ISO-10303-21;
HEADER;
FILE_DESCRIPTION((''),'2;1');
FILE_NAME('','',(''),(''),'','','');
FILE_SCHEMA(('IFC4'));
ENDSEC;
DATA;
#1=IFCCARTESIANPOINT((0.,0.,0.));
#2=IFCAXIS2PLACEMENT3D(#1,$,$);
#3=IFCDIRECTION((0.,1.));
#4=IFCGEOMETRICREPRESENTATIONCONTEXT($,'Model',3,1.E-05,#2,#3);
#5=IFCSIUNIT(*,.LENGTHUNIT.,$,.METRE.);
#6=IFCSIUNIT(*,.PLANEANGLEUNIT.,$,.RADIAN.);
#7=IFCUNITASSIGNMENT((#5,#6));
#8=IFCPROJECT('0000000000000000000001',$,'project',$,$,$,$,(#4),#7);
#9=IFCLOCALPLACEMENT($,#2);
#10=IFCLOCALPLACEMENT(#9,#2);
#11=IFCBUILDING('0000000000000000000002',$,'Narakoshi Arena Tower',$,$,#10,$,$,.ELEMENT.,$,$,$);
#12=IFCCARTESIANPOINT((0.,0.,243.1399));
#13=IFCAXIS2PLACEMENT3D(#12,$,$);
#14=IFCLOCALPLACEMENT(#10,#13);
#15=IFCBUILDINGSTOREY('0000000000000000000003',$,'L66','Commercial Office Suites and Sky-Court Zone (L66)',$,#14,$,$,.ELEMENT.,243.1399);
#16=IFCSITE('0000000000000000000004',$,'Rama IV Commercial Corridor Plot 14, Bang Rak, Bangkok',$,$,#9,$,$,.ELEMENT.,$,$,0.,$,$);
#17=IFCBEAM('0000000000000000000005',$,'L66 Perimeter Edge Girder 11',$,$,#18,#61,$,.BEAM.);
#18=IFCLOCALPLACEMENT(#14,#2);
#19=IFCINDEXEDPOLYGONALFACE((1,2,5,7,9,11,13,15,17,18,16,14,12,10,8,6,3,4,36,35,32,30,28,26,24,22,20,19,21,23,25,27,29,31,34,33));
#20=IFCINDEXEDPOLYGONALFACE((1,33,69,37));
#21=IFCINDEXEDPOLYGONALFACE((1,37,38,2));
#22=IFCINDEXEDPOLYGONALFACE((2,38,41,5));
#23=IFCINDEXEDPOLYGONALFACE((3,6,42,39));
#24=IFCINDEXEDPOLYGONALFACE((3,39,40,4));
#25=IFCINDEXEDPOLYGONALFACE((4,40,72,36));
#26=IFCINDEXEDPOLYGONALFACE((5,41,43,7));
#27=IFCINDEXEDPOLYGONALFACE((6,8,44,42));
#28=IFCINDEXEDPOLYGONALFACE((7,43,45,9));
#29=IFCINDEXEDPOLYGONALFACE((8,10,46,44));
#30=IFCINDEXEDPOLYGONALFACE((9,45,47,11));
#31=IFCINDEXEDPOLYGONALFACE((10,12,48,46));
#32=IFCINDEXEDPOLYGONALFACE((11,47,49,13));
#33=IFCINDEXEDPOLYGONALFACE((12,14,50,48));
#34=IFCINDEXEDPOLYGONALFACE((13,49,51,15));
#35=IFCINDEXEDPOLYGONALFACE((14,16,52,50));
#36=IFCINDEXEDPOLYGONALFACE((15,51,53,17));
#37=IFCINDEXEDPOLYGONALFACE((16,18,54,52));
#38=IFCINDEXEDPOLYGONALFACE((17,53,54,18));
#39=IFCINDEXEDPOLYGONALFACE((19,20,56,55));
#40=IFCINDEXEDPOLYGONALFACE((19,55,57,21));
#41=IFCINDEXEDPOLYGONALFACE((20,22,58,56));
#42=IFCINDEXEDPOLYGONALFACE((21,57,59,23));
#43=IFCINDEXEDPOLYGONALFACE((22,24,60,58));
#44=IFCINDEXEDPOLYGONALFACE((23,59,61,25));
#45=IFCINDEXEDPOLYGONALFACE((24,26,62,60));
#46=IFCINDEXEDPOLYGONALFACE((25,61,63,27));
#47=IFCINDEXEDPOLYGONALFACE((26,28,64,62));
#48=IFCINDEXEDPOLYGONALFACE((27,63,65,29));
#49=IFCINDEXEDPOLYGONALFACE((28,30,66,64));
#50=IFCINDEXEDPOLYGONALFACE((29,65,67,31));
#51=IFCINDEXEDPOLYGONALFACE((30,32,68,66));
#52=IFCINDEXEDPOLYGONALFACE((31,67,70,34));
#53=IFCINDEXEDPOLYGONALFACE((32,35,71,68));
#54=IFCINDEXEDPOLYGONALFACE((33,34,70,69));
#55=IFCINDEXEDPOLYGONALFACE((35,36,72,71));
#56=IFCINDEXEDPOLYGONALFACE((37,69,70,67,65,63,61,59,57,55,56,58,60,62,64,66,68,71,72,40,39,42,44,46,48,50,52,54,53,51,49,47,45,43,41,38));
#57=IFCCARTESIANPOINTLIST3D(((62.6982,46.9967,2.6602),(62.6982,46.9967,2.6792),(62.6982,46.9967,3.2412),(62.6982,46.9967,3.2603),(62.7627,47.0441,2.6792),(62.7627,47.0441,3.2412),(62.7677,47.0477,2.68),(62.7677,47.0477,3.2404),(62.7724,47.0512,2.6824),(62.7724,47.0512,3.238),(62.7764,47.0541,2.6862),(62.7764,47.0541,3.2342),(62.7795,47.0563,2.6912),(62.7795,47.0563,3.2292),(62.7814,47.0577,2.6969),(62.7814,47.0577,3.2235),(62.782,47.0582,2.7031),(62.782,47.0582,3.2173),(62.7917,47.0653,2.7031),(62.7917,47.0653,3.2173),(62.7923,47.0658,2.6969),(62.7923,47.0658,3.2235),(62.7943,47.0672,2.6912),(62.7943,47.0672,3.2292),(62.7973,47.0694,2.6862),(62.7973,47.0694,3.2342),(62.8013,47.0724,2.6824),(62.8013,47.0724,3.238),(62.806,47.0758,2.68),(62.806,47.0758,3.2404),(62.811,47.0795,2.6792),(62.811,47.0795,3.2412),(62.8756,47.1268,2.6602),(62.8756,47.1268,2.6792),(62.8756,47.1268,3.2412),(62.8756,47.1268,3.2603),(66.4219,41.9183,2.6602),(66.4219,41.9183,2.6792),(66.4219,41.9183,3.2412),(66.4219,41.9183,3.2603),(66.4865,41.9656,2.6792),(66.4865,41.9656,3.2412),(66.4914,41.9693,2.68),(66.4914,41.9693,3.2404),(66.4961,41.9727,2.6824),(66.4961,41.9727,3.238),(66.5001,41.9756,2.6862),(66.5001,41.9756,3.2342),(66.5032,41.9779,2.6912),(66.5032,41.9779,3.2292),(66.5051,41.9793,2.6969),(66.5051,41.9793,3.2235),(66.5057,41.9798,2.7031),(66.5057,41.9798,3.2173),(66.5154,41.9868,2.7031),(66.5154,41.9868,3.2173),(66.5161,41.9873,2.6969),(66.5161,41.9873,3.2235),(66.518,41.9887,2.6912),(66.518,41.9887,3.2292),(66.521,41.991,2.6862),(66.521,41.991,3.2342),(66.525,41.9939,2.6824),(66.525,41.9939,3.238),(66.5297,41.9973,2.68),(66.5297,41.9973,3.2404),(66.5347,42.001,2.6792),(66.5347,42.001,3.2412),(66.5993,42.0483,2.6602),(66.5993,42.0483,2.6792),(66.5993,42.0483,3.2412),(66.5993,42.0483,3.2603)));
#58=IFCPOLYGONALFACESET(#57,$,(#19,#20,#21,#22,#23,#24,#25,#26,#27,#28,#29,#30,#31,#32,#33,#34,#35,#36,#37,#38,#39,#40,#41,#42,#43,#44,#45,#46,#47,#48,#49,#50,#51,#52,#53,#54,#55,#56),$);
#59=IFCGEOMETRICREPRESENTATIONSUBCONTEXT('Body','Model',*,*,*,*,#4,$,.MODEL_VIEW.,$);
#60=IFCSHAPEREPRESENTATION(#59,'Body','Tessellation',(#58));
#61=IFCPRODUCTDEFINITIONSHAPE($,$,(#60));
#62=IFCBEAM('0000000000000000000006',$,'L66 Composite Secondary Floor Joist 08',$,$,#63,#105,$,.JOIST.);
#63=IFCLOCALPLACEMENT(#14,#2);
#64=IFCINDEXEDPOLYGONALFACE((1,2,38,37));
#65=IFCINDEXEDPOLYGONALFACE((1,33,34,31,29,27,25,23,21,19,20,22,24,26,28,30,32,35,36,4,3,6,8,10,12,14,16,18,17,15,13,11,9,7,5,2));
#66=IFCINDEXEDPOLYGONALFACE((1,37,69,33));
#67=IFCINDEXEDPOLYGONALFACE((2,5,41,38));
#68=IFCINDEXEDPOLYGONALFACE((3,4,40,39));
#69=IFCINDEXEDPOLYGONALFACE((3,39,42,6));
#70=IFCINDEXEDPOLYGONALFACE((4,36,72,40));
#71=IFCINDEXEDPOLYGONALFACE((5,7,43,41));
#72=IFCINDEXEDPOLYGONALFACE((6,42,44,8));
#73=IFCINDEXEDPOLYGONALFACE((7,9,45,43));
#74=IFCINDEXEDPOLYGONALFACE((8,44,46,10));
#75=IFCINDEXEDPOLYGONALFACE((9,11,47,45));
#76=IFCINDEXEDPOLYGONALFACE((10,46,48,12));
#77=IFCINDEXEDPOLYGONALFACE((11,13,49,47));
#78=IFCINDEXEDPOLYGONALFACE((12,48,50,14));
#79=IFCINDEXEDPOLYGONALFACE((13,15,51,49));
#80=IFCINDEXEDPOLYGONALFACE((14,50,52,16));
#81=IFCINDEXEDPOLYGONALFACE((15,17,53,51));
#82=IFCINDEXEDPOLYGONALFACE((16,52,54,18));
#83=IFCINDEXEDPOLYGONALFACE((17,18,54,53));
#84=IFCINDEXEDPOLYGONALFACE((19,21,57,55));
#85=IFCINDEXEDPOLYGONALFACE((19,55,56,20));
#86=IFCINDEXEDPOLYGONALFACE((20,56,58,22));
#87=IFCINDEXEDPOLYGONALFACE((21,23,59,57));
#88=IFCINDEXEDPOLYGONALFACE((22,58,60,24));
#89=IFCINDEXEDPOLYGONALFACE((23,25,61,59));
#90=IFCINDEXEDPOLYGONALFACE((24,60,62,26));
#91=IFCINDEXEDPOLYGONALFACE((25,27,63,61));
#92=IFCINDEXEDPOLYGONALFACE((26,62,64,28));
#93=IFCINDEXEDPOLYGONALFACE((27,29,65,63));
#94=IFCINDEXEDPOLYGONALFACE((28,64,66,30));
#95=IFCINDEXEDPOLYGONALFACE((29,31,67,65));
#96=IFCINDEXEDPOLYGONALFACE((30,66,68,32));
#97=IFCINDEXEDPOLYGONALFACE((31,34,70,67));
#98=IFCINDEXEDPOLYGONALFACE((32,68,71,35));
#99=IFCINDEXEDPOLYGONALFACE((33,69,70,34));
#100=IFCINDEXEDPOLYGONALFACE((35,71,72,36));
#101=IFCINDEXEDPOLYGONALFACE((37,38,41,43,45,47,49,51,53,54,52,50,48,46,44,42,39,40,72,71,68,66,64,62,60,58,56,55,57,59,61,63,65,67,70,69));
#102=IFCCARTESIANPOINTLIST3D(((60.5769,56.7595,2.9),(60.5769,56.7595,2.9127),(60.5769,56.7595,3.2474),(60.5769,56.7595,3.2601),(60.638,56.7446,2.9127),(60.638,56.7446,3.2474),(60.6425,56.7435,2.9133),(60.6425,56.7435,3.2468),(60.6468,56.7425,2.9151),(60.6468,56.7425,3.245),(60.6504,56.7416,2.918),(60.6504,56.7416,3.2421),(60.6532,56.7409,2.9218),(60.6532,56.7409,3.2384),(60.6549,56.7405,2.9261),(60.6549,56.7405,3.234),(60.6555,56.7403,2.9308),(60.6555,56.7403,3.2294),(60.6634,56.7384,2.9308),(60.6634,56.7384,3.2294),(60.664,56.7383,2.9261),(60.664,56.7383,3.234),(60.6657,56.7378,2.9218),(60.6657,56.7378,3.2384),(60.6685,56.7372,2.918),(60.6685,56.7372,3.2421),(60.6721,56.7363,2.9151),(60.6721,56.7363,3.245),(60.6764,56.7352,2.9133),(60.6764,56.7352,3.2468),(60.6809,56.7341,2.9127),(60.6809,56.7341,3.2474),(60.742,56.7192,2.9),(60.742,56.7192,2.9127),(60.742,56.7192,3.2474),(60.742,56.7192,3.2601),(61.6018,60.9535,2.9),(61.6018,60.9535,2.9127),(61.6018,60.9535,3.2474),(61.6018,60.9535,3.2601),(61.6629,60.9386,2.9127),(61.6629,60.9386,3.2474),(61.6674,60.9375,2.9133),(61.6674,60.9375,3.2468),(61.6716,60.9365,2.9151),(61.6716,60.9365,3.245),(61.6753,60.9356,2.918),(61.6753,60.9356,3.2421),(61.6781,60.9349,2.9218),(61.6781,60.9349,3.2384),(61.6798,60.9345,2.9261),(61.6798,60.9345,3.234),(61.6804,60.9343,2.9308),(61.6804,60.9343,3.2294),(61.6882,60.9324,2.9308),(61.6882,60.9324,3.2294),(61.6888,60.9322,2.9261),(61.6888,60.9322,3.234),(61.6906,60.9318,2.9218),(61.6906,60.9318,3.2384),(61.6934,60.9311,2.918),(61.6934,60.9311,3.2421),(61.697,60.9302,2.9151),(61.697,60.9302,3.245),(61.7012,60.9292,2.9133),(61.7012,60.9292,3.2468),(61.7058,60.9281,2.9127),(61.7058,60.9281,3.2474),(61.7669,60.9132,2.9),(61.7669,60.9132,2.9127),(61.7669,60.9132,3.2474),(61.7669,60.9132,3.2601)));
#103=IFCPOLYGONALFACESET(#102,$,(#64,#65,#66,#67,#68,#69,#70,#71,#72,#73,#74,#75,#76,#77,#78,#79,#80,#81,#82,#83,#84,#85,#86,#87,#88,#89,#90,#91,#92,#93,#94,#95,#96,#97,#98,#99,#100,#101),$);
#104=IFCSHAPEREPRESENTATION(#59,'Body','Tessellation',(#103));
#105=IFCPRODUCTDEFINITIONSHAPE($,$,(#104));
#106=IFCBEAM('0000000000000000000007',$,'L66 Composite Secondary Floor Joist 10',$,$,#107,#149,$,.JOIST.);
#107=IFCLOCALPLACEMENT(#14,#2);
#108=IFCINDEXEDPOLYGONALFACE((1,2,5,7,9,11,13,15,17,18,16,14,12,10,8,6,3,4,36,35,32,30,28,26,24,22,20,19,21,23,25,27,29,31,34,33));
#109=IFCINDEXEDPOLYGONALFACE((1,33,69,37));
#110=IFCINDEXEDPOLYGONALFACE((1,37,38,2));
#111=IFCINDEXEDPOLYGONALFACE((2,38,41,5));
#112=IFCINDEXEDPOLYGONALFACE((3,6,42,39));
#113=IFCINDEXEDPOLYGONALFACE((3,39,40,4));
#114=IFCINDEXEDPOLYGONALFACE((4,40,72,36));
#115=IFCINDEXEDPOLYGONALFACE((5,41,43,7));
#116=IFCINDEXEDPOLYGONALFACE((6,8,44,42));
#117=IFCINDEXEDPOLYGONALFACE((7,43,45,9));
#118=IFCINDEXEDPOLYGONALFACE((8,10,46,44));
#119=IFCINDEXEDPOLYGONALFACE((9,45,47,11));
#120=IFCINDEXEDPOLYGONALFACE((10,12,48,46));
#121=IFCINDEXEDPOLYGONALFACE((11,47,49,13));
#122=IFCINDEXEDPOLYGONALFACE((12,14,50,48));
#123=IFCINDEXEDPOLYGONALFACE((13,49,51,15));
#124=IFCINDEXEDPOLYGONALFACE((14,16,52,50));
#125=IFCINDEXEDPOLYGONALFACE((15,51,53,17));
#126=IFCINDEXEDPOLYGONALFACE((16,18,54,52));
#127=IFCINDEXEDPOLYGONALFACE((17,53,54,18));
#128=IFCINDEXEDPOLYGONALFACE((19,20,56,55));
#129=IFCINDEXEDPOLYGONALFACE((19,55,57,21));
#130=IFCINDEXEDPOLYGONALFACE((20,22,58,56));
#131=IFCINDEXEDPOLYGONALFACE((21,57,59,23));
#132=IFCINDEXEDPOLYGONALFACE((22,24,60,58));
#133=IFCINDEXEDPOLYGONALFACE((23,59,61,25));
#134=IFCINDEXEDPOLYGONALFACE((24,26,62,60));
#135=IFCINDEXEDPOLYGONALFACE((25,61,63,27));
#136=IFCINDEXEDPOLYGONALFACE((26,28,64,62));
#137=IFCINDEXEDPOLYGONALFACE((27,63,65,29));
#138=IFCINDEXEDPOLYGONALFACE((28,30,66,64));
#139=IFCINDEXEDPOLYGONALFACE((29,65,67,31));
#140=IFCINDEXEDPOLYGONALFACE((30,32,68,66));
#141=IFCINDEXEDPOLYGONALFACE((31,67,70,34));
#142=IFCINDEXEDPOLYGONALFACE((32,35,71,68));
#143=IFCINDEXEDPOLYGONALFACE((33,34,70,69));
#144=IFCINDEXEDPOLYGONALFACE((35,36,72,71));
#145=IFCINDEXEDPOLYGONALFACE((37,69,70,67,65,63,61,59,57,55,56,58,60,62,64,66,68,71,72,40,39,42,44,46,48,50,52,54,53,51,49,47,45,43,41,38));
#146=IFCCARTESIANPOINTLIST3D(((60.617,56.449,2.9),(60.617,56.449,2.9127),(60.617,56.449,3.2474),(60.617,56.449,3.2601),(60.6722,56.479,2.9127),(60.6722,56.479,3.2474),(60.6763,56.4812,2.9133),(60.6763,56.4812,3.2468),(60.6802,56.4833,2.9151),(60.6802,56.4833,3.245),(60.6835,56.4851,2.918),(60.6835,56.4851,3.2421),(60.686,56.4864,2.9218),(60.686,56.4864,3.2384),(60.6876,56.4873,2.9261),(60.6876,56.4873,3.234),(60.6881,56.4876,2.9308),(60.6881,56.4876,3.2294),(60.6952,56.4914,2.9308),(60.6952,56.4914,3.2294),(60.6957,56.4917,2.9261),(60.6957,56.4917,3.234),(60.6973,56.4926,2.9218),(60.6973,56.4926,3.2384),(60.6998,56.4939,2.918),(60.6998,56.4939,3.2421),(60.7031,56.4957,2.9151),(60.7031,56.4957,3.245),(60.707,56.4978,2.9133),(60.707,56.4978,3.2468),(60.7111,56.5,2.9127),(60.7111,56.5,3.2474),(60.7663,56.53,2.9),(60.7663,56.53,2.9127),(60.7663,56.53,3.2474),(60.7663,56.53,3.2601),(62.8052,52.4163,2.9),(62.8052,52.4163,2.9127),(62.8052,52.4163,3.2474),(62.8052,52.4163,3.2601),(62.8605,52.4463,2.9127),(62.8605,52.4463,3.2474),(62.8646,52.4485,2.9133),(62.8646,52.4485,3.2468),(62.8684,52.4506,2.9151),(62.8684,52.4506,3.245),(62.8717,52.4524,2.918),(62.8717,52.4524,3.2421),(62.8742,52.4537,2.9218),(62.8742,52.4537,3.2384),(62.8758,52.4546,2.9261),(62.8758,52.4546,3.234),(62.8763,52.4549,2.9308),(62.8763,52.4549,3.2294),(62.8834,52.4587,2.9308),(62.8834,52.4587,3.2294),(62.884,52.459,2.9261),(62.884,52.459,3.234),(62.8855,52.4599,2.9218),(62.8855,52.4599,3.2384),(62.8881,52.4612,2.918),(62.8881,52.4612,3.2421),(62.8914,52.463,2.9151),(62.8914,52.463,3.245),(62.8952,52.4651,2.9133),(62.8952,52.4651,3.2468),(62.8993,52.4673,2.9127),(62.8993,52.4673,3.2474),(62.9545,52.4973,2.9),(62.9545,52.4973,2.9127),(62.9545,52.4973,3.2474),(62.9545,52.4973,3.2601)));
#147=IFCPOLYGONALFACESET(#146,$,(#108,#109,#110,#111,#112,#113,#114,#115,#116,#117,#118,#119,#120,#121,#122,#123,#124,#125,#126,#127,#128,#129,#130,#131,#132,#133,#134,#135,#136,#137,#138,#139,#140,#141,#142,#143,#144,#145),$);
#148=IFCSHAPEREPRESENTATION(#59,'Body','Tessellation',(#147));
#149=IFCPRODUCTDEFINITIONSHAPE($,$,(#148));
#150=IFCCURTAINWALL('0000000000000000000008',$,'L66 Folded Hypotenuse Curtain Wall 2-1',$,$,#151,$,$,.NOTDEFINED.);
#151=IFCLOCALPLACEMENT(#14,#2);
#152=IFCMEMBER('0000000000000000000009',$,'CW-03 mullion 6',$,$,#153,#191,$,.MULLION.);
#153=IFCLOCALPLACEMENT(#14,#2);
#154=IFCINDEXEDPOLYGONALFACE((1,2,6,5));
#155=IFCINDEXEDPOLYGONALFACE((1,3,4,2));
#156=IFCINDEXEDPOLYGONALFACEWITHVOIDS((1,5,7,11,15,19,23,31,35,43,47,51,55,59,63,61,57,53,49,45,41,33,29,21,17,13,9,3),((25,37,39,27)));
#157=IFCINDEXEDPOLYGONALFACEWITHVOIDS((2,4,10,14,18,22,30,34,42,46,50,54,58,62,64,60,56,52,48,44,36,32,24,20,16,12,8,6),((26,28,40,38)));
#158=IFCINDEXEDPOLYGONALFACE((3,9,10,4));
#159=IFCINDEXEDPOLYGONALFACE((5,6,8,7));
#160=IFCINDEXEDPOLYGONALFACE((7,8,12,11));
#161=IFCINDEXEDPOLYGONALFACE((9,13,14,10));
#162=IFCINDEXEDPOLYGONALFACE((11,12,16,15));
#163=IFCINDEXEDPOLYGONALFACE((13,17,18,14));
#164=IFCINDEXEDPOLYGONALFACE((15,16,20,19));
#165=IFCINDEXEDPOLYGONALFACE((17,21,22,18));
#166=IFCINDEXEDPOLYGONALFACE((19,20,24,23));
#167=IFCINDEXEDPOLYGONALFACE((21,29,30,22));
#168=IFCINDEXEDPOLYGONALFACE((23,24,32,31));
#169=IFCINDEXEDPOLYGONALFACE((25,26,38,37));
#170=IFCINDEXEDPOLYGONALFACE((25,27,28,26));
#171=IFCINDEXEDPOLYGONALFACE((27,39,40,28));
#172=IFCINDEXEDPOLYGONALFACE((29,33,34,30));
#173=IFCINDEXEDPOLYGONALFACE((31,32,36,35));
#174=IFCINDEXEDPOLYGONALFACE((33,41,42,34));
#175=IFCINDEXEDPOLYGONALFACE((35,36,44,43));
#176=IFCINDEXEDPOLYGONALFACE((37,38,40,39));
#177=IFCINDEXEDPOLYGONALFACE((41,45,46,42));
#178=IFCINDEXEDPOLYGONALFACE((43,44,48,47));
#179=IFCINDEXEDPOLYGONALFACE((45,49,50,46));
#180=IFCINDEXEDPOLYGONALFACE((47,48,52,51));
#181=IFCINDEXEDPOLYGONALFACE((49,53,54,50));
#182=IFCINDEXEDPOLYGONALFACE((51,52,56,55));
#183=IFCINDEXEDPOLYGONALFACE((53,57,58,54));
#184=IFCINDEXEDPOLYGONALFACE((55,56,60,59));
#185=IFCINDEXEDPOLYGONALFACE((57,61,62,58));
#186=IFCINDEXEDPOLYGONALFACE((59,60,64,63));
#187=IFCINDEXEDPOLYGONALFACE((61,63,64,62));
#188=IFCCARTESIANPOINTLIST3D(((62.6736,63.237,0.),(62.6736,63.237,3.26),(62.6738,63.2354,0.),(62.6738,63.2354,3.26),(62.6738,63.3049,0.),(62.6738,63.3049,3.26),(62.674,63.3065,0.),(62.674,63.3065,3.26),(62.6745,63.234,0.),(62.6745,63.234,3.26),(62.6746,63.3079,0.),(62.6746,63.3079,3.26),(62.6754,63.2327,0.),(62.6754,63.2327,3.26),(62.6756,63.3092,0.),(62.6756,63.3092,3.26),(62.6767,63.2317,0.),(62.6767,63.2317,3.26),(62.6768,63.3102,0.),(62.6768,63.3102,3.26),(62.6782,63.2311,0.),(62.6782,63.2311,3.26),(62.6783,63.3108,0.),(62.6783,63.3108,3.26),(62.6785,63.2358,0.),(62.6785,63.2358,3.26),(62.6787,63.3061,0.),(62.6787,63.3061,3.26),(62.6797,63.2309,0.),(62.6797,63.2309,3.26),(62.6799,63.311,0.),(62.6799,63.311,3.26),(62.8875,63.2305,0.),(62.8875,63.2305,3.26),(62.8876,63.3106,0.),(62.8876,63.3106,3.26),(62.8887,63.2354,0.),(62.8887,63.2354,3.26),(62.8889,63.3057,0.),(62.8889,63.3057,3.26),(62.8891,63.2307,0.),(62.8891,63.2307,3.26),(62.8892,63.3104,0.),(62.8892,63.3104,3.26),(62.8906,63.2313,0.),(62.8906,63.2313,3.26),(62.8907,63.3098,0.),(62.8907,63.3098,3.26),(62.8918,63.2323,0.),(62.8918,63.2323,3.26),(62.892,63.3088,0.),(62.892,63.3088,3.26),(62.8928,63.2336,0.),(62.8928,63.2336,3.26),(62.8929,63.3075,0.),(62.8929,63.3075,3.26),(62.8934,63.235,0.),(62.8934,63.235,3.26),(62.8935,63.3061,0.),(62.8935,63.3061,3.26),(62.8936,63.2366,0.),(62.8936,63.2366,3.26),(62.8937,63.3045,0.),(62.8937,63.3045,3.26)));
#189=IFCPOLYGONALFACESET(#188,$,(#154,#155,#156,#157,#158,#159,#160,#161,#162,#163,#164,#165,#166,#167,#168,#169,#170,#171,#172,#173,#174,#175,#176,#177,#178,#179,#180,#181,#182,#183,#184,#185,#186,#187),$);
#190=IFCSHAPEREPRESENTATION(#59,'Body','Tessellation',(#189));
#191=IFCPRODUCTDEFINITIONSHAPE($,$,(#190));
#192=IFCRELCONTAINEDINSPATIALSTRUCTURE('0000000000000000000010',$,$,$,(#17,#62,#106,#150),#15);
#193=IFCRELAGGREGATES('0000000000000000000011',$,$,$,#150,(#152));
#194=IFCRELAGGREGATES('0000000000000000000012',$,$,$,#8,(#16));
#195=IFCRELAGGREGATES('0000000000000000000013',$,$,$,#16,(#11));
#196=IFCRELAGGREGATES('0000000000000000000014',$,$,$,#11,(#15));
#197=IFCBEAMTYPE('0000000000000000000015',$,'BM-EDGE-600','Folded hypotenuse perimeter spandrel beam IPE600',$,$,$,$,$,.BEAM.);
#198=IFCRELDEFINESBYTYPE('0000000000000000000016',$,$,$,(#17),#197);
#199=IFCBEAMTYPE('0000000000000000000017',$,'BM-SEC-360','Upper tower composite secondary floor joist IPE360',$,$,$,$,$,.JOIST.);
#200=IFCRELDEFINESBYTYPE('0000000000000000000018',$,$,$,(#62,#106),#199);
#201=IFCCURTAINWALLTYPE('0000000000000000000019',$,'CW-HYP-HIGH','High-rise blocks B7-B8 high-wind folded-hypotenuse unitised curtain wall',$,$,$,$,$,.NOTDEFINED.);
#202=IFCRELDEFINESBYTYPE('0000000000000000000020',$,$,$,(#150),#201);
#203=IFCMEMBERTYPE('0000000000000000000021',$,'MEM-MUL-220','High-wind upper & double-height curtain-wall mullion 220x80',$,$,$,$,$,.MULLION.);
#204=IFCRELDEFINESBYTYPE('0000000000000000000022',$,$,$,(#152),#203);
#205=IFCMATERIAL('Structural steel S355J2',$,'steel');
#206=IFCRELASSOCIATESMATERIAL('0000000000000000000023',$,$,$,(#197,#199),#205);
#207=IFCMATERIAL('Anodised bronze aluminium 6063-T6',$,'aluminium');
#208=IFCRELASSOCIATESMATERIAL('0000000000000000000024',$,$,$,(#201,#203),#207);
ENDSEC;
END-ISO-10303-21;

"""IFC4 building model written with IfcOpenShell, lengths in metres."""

from ifc_helpers import new_model, si_unit, direction, frame, origin, origin_2d, place, context, subcontext, project, spatial, hollow_rectangle, i_section, extrude, material, material_profile, profile_set, type_object, element, aggregate, save


model = new_model("IFC4")

# Units and contexts
model_context = context("Model", 3, precision=1e-05, world=origin(), true_north=direction((0.0, 1.0)))
body_context = subcontext(model_context, "Body", "Model", "MODEL_VIEW")
ifc_project = project(units=[si_unit("LENGTHUNIT", "METRE"), si_unit("PLANEANGLEUNIT", "RADIAN")], contexts=[model_context])

# Site, building, storey
site_placement = place(None, origin())
site = spatial("IfcSite", under=ifc_project, at=site_placement, Name="Rama IV Commercial Corridor Plot 14, Bang Rak, Bangkok", CompositionType="ELEMENT", RefElevation=0.0)
building_placement = place(site_placement, origin())
building = spatial("IfcBuilding", under=site, at=building_placement, Name="Narakoshi Arena Tower", CompositionType="ELEMENT")
storey_placement = place(building_placement, frame((0.0, 0.0, 243.1399)))
storey = spatial("IfcBuildingStorey", under=building, at=storey_placement, Name="L66", Description="Commercial Office Suites and Sky-Court Zone (L66)", CompositionType="ELEMENT", Elevation=243.1399)

# Beams
ifc_material_1 = material(Name="Structural steel S355J2", Category="steel")
ifc_material_profile_1 = material_profile(ifc_material_1, i_section(OverallWidth=0.22, OverallDepth=0.6001, WebThickness=0.012, FlangeThickness=0.019, FilletRadius=0.0239, at=origin_2d()), Name="IPE600")
ifc_profile_set_1 = profile_set([ifc_material_profile_1], Name="Structural steel S355J2")
beam_type_1 = type_object("IfcBeamType", Name="BM-EDGE-600", Description="Folded hypotenuse perimeter spandrel beam IPE600", PredefinedType="BEAM", material=ifc_profile_set_1)
for number, where, z_axis, x_axis, name in (
    (1, (62.7869, 47.0618, 2.9602), (0.591312, -0.806443, 0.0), (0.806443, 0.591312, 0.0), "L66 Perimeter Edge Girder 11"),
):
    element("IfcBeam", number, at=place(storey_placement, frame(where, z_axis=z_axis, x_axis=x_axis)), inside=storey, type_object=beam_type_1, Name=name, PredefinedType="BEAM", context=body_context, shape_type="SweptSolid", body=[
        extrude(i_section(OverallWidth=0.22, OverallDepth=0.6001, WebThickness=0.012, FlangeThickness=0.019, FilletRadius=0.0239, at=origin_2d()), origin(), (0.0, 0.0, 1.0), 6.2974),
    ])
ifc_material_profile_2 = material_profile(ifc_material_1, i_section(OverallWidth=0.1699, OverallDepth=0.3601, WebThickness=0.0081, FlangeThickness=0.0127, FilletRadius=0.0181, at=origin_2d()), Name="IPE360")
ifc_profile_set_2 = profile_set([ifc_material_profile_2], Name="Structural steel S355J2")
beam_type_2 = type_object("IfcBeamType", Name="BM-SEC-360", Description="Upper tower composite secondary floor joist IPE360", PredefinedType="JOIST", material=ifc_profile_set_2)
beam_1_placement = place(storey_placement, frame((61.6843, 60.9333, 3.0801), z_axis=(-0.237383, -0.971416, 0.0), x_axis=(0.971416, -0.237383, 0.0)))
element("IfcBeam", 2, at=beam_1_placement, inside=storey, type_object=beam_type_2, Name="L66 Composite Secondary Floor Joist 08", PredefinedType="JOIST", context=body_context, shape_type="SweptSolid", body=[
    extrude(i_section(OverallWidth=0.1699, OverallDepth=0.3601, WebThickness=0.0081, FlangeThickness=0.0127, FilletRadius=0.0181, at=origin_2d()), origin(), (0.0, 0.0, 1.0), 4.3174),
])
beam_2_placement = place(storey_placement, frame((60.6917, 56.4895, 3.0801), z_axis=(0.476931, -0.878941, 0.0), x_axis=(0.878941, 0.476931, 0.0)))
element("IfcBeam", 3, at=beam_2_placement, inside=storey, type_object=beam_type_2, Name="L66 Composite Secondary Floor Joist 10", PredefinedType="JOIST", context=body_context, shape_type="SweptSolid", body=[
    extrude(i_section(OverallWidth=0.1699, OverallDepth=0.3601, WebThickness=0.0081, FlangeThickness=0.0127, FilletRadius=0.0181, at=origin_2d()), origin(), (0.0, 0.0, 1.0), 4.5881),
])

# Curtain wall, member
ifc_material_2 = material(Name="Anodised bronze aluminium 6063-T6", Category="aluminium")
curtain_wall_type = type_object("IfcCurtainWallType", Name="CW-HYP-HIGH", Description="High-rise blocks B7-B8 high-wind folded-hypotenuse unitised curtain wall", PredefinedType="NOTDEFINED", material=ifc_material_2)
curtain_wall_placement = place(storey_placement, origin())
curtain_wall = element("IfcCurtainWall", 4, at=curtain_wall_placement, inside=storey, type_object=curtain_wall_type, Name="L66 Folded Hypotenuse Curtain Wall 2-1", PredefinedType="NOTDEFINED")
ifc_material_profile_3 = material_profile(ifc_material_2, hollow_rectangle(XDim=0.0801, YDim=0.22, WallThickness=0.0049, OuterFilletRadius=0.0061, at=origin_2d()), Name="MUL220x80x5")
ifc_profile_set_3 = profile_set([ifc_material_profile_3], Name="Anodised bronze aluminium 6063-T6")
member_type_1 = type_object("IfcMemberType", Name="MEM-MUL-220", Description="High-wind upper & double-height curtain-wall mullion 220x80", PredefinedType="MULLION", material=ifc_profile_set_3)
member_1_placement = place(storey_placement, frame((62.7837, 63.2708, 0.0), z_axis=(0.0, 0.0, 1.0), x_axis=(-0.00182, -0.999998, 0.0)))
member_1 = element("IfcMember", 5, at=member_1_placement, type_object=member_type_1, Name="CW-03 mullion 6", PredefinedType="MULLION", context=body_context, shape_type="SweptSolid", body=[
    extrude(hollow_rectangle(XDim=0.0801, YDim=0.22, WallThickness=0.0049, OuterFilletRadius=0.0061, at=origin_2d()), origin(), (0.0, 0.0, 1.0), 3.26),
])
aggregate(curtain_wall, [member_1])

save(model, "model.ifc")
